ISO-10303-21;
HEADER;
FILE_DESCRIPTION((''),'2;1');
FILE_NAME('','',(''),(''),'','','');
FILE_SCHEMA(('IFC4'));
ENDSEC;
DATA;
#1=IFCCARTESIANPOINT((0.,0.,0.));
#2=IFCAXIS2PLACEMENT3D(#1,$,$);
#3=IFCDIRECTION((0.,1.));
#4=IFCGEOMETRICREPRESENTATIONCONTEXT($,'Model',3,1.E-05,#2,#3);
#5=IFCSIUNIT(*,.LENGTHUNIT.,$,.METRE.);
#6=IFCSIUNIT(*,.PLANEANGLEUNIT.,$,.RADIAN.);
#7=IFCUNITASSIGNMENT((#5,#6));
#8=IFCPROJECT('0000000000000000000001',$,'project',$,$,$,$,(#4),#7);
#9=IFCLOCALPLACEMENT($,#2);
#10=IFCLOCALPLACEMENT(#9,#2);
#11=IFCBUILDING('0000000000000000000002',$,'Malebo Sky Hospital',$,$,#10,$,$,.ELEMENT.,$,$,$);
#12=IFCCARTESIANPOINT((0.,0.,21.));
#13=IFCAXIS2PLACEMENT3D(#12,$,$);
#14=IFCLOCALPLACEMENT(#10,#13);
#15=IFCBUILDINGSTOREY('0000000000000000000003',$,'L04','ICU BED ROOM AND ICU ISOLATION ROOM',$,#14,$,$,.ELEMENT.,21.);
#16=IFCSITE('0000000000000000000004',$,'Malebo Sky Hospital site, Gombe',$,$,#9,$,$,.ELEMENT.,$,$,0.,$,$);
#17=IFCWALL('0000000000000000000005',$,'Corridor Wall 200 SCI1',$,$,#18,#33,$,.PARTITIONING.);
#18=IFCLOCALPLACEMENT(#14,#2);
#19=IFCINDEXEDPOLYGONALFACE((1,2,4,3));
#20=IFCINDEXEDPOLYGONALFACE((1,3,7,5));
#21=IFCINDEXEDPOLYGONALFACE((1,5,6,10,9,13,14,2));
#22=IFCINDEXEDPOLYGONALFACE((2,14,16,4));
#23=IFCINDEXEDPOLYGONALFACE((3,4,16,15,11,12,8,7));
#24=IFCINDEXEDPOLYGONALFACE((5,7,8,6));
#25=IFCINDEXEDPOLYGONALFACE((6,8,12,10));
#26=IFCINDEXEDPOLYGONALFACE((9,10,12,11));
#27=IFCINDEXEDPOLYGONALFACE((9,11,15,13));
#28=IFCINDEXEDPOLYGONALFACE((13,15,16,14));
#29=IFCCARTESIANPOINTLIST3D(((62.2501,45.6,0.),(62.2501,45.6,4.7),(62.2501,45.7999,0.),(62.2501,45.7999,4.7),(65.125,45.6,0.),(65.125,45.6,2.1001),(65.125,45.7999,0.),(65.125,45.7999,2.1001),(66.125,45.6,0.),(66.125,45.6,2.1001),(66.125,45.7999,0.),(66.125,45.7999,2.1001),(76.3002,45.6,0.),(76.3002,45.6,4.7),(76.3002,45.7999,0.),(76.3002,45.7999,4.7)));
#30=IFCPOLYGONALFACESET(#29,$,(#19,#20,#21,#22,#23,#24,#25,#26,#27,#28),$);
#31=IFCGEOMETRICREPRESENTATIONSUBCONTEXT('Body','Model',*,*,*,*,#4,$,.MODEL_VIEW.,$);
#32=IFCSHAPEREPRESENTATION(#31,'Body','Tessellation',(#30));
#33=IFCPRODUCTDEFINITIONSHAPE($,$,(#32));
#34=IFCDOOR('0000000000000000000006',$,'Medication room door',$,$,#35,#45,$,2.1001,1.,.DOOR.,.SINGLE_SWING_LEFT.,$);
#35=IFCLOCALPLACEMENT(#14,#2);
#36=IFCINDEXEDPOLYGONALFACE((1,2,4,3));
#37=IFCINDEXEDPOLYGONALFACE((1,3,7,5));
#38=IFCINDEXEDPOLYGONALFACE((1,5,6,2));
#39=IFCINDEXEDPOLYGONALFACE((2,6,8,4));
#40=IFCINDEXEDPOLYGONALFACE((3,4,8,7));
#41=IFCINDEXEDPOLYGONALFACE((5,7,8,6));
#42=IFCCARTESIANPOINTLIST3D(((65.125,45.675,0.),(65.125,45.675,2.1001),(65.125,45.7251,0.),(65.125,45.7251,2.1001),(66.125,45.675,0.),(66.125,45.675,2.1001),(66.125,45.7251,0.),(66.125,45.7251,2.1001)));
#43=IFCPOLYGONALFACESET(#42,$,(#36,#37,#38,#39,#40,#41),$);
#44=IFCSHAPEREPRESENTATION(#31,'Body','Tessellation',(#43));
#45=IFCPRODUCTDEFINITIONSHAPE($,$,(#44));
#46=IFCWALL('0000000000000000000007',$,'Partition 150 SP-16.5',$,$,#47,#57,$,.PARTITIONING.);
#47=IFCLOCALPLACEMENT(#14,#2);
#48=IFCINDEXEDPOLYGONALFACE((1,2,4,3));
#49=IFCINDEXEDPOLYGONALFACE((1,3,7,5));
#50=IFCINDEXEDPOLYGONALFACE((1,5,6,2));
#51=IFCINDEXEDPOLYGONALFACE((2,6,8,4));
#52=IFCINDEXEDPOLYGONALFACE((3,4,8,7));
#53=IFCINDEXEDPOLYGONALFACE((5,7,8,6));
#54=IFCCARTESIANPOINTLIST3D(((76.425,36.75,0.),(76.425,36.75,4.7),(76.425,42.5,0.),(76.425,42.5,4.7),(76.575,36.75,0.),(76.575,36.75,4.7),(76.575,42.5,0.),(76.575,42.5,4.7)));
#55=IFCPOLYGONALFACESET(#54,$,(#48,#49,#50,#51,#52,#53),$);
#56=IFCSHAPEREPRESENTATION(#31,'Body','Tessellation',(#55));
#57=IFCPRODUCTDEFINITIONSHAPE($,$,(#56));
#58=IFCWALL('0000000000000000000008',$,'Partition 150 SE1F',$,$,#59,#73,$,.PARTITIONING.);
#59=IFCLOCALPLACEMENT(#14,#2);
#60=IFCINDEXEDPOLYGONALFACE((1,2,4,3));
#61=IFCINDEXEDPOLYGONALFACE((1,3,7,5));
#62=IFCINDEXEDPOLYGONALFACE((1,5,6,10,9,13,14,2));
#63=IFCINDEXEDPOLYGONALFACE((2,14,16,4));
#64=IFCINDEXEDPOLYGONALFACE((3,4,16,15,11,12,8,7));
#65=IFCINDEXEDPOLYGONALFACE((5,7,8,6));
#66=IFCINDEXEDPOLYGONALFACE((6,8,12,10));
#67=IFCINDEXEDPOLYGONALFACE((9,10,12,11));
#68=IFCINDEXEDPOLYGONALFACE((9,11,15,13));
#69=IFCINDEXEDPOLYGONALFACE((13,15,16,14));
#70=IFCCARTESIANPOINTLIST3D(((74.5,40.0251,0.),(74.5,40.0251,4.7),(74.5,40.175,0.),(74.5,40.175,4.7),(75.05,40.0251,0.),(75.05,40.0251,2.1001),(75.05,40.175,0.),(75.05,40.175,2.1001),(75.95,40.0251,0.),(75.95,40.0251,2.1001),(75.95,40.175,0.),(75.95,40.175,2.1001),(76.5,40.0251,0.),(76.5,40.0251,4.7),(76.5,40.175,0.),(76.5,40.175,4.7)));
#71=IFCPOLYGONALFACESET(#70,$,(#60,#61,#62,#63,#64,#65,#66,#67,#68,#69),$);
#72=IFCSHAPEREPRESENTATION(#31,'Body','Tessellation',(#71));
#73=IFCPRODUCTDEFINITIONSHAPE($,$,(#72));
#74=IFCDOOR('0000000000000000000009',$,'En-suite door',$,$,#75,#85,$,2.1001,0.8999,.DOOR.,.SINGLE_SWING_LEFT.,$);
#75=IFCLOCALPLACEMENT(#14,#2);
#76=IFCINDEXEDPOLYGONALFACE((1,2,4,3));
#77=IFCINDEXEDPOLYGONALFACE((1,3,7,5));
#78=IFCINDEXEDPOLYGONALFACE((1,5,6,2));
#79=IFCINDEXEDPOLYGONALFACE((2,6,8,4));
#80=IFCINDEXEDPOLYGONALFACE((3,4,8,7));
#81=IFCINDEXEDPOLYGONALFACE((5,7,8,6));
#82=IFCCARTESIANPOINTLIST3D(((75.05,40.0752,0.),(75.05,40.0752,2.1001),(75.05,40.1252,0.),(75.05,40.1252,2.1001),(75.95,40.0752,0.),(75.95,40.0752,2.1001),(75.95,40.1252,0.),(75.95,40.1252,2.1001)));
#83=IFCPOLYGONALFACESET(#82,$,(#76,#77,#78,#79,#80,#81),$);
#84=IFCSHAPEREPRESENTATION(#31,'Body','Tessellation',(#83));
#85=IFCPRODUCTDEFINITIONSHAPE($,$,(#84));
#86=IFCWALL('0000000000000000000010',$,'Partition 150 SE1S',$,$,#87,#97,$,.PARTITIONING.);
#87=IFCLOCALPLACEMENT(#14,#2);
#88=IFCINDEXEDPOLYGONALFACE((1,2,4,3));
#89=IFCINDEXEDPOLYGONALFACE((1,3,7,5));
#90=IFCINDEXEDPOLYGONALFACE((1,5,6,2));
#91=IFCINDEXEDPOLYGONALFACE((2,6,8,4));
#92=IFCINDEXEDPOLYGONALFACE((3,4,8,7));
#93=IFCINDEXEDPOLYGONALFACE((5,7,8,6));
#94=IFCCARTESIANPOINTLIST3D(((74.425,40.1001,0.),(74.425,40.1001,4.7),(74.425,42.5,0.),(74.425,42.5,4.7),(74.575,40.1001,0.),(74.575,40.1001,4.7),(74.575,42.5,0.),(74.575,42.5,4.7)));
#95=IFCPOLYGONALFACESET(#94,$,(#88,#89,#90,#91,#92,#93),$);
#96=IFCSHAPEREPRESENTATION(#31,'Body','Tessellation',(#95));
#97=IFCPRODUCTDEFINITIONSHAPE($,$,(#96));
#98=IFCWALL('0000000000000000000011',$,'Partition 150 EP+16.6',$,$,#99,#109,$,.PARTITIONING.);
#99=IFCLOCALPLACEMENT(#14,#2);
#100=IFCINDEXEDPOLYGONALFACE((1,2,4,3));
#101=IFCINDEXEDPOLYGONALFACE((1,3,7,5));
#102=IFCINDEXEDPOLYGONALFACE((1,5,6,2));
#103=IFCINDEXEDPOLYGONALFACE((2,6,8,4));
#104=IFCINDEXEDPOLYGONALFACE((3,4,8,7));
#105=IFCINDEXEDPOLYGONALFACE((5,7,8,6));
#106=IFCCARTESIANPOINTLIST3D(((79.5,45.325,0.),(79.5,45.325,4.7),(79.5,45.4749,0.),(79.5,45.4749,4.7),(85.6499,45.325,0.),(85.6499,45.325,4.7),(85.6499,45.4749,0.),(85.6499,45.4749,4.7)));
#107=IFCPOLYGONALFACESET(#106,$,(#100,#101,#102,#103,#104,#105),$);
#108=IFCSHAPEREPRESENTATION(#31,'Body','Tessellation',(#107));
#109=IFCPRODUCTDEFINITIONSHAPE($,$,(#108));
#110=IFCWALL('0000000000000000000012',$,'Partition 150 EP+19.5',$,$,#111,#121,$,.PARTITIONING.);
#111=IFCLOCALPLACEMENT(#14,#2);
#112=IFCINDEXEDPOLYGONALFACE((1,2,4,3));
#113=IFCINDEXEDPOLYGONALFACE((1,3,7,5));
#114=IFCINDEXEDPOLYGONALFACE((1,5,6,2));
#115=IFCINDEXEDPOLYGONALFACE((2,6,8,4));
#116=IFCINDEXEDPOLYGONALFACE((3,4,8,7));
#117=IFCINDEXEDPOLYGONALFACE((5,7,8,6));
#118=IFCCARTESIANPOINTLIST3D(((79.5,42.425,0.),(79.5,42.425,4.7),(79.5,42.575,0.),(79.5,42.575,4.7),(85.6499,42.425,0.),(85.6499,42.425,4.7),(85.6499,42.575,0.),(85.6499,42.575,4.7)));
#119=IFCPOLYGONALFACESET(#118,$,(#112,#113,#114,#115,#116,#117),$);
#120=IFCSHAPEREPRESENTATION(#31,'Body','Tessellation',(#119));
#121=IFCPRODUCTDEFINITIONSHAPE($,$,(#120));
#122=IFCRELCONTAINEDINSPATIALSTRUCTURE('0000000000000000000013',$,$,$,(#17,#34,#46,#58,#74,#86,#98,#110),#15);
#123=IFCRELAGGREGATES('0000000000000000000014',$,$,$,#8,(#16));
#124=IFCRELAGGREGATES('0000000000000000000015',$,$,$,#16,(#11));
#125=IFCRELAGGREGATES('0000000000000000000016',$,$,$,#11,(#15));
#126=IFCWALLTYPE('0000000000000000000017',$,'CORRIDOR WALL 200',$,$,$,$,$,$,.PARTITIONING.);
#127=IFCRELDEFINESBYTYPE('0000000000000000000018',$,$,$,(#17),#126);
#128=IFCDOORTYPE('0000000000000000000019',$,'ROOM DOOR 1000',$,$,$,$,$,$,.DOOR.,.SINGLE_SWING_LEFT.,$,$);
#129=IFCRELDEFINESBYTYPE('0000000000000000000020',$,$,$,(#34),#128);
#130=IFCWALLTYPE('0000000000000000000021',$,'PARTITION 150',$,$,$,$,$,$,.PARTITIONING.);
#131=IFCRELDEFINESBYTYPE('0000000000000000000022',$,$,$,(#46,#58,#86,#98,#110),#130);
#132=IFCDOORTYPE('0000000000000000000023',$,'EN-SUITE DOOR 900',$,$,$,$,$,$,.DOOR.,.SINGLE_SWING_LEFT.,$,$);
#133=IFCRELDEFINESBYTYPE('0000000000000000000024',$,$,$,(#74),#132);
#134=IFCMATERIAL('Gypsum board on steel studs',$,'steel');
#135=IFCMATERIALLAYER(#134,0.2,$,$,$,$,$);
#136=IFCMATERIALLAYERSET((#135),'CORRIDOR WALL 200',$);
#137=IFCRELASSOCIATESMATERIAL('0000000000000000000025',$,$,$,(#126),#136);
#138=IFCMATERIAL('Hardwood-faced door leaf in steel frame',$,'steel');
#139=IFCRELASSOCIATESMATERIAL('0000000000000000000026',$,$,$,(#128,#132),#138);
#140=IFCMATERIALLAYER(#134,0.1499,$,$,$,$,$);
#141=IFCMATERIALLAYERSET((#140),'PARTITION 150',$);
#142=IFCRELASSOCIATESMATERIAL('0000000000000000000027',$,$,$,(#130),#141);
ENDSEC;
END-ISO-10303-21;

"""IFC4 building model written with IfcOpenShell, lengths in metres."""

from ifc_helpers import new_model, si_unit, direction, frame, frame_2d, origin, place, context, subcontext, project, spatial, rectangle, extrude, material, layer, layer_set, type_object, element, fill, save


model = new_model("IFC4")

# Units and contexts
model_context = context("Model", 3, precision=1e-05, world=origin(), true_north=direction((0.0, 1.0)))
body_context = subcontext(model_context, "Body", "Model", "MODEL_VIEW")
ifc_project = project(units=[si_unit("LENGTHUNIT", "METRE"), si_unit("PLANEANGLEUNIT", "RADIAN")], contexts=[model_context])

# Site, building, storey
site_placement = place(None, origin())
site = spatial("IfcSite", under=ifc_project, at=site_placement, Name="Malebo Sky Hospital site, Gombe", CompositionType="ELEMENT", RefElevation=0.0)
building_placement = place(site_placement, origin())
building = spatial("IfcBuilding", under=site, at=building_placement, Name="Malebo Sky Hospital", CompositionType="ELEMENT")
storey_placement = place(building_placement, frame((0.0, 0.0, 21.0)))
storey = spatial("IfcBuildingStorey", under=building, at=storey_placement, Name="L04", Description="ICU BED ROOM AND ICU ISOLATION ROOM", CompositionType="ELEMENT", Elevation=21.0)

# Shared definitions
ifc_material_1 = material(Name="Gypsum board on steel studs", Category="steel")
ifc_layer_1 = layer(ifc_material_1, 0.2)
ifc_layer_set_1 = layer_set([ifc_layer_1], Name="CORRIDOR WALL 200")
wall_type_1 = type_object("IfcWallType", Name="CORRIDOR WALL 200", PredefinedType="PARTITIONING", material=ifc_layer_set_1)
ifc_material_2 = material(Name="Hardwood-faced door leaf in steel frame", Category="steel")
door_type_1 = type_object("IfcDoorType", Name="ROOM DOOR 1000", OperationType="SINGLE_SWING_LEFT", PredefinedType="DOOR", material=ifc_material_2)

# Wall, opening, door
wall_1_placement = place(storey_placement, frame((76.3, 45.7, 0.0), z_axis=(0.0, 0.0, 1.0), x_axis=(-1.0, 0.0, 0.0)))
wall_1 = element("IfcWall", 1, at=wall_1_placement, inside=storey, type_object=wall_type_1, Name="Corridor Wall 200 SCI1", PredefinedType="PARTITIONING", context=body_context, shape_type="SweptSolid", body=[
    extrude(rectangle(XDim=14.05, YDim=0.2, at=frame_2d((7.0249, 0.0))), origin(), (0.0, 0.0, 1.0), 4.7),
])
opening_1_placement = place(wall_1_placement, frame((10.175, 0.0, 0.0)))
opening_1 = element("IfcOpeningElement", 2, at=opening_1_placement, cuts=wall_1, PredefinedType="OPENING", context=body_context, shape_type="SweptSolid", body=[
    extrude(rectangle(XDim=1.0, YDim=2.1001, at=frame_2d((0.5, 1.05))), frame((0.0, 0.1099, 0.0), z_axis=(0.0, -1.0, 0.0), x_axis=(1.0, 0.0, 0.0)), (0.0, 0.0, 1.0), 0.22),
])
door_1_placement = place(opening_1_placement, origin())
door_1 = element("IfcDoor", 3, at=door_1_placement, inside=storey, type_object=door_type_1, Name="Medication room door", OperationType="SINGLE_SWING_LEFT", OverallHeight=2.1001, OverallWidth=1.0, PredefinedType="DOOR", context=body_context, shape_type="SweptSolid", body=[
    extrude(rectangle(XDim=1.0, YDim=2.1001, at=frame_2d((0.5, 1.05))), frame((0.0, 0.0249, 0.0), z_axis=(0.0, -1.0, 0.0), x_axis=(1.0, 0.0, 0.0)), (0.0, 0.0, 1.0), 0.05),
])
fill(opening_1, door_1)

# Wall
ifc_layer_2 = layer(ifc_material_1, 0.1499)
ifc_layer_set_2 = layer_set([ifc_layer_2], Name="PARTITION 150")
wall_type_2 = type_object("IfcWallType", Name="PARTITION 150", PredefinedType="PARTITIONING", material=ifc_layer_set_2)
wall_2_placement = place(storey_placement, frame((76.5, 42.5, 0.0), z_axis=(0.0, 0.0, 1.0), x_axis=(0.0, -1.0, 0.0)))
element("IfcWall", 4, at=wall_2_placement, inside=storey, type_object=wall_type_2, Name="Partition 150 SP-16.5", PredefinedType="PARTITIONING", context=body_context, shape_type="SweptSolid", body=[
    extrude(rectangle(XDim=5.75, YDim=0.1499, at=frame_2d((2.875, 0.0))), origin(), (0.0, 0.0, 1.0), 4.7),
])

# Wall, opening, door
wall_3_placement = place(storey_placement, frame((76.5, 40.1001, 0.0), z_axis=(0.0, 0.0, 1.0), x_axis=(-1.0, 0.0, 0.0)))
wall_3 = element("IfcWall", 5, at=wall_3_placement, inside=storey, type_object=wall_type_2, Name="Partition 150 SE1F", PredefinedType="PARTITIONING", context=body_context, shape_type="SweptSolid", body=[
    extrude(rectangle(XDim=2.0, YDim=0.1499, at=frame_2d((1.0, 0.0))), origin(), (0.0, 0.0, 1.0), 4.7),
])
opening_2_placement = place(wall_3_placement, frame((0.55, 0.0, 0.0)))
opening_2 = element("IfcOpeningElement", 6, at=opening_2_placement, cuts=wall_3, PredefinedType="OPENING", context=body_context, shape_type="SweptSolid", body=[
    extrude(rectangle(XDim=0.8999, YDim=2.1001, at=frame_2d((0.45, 1.05))), frame((0.0, 0.085, 0.0), z_axis=(0.0, -1.0, 0.0), x_axis=(1.0, 0.0, 0.0)), (0.0, 0.0, 1.0), 0.1699),
])
door_type_2 = type_object("IfcDoorType", Name="EN-SUITE DOOR 900", OperationType="SINGLE_SWING_LEFT", PredefinedType="DOOR", material=ifc_material_2)
door_2_placement = place(opening_2_placement, origin())
door_2 = element("IfcDoor", 7, at=door_2_placement, inside=storey, type_object=door_type_2, Name="En-suite door", OperationType="SINGLE_SWING_LEFT", OverallHeight=2.1001, OverallWidth=0.8999, PredefinedType="DOOR", context=body_context, shape_type="SweptSolid", body=[
    extrude(rectangle(XDim=0.8999, YDim=2.1001, at=frame_2d((0.45, 1.05))), frame((0.0, 0.0249, 0.0), z_axis=(0.0, -1.0, 0.0), x_axis=(1.0, 0.0, 0.0)), (0.0, 0.0, 1.0), 0.05),
])
fill(opening_2, door_2)

# Walls
wall_4_placement = place(storey_placement, frame((74.5, 42.5, 0.0), z_axis=(0.0, 0.0, 1.0), x_axis=(0.0, -1.0, 0.0)))
element("IfcWall", 8, at=wall_4_placement, inside=storey, type_object=wall_type_2, Name="Partition 150 SE1S", PredefinedType="PARTITIONING", context=body_context, shape_type="SweptSolid", body=[
    extrude(rectangle(XDim=2.3999, YDim=0.1499, at=frame_2d((1.2, 0.0))), origin(), (0.0, 0.0, 1.0), 4.7),
])
for number, where, z_axis, x_axis, name in (
    (9, (79.5, 45.3999, 0.0), (0.0, 0.0, 1.0), (1.0, 0.0, 0.0), "Partition 150 EP+16.6"),
    (10, (79.5, 42.5, 0.0), (0.0, 0.0, 1.0), (1.0, 0.0, 0.0), "Partition 150 EP+19.5"),
):
    element("IfcWall", number, at=place(storey_placement, frame(where, z_axis=z_axis, x_axis=x_axis)), inside=storey, type_object=wall_type_2, Name=name, PredefinedType="PARTITIONING", context=body_context, shape_type="SweptSolid", body=[
        extrude(rectangle(XDim=6.1499, YDim=0.1499, at=frame_2d((3.075, 0.0))), origin(), (0.0, 0.0, 1.0), 4.7),
    ])

save(model, "model.ifc")
